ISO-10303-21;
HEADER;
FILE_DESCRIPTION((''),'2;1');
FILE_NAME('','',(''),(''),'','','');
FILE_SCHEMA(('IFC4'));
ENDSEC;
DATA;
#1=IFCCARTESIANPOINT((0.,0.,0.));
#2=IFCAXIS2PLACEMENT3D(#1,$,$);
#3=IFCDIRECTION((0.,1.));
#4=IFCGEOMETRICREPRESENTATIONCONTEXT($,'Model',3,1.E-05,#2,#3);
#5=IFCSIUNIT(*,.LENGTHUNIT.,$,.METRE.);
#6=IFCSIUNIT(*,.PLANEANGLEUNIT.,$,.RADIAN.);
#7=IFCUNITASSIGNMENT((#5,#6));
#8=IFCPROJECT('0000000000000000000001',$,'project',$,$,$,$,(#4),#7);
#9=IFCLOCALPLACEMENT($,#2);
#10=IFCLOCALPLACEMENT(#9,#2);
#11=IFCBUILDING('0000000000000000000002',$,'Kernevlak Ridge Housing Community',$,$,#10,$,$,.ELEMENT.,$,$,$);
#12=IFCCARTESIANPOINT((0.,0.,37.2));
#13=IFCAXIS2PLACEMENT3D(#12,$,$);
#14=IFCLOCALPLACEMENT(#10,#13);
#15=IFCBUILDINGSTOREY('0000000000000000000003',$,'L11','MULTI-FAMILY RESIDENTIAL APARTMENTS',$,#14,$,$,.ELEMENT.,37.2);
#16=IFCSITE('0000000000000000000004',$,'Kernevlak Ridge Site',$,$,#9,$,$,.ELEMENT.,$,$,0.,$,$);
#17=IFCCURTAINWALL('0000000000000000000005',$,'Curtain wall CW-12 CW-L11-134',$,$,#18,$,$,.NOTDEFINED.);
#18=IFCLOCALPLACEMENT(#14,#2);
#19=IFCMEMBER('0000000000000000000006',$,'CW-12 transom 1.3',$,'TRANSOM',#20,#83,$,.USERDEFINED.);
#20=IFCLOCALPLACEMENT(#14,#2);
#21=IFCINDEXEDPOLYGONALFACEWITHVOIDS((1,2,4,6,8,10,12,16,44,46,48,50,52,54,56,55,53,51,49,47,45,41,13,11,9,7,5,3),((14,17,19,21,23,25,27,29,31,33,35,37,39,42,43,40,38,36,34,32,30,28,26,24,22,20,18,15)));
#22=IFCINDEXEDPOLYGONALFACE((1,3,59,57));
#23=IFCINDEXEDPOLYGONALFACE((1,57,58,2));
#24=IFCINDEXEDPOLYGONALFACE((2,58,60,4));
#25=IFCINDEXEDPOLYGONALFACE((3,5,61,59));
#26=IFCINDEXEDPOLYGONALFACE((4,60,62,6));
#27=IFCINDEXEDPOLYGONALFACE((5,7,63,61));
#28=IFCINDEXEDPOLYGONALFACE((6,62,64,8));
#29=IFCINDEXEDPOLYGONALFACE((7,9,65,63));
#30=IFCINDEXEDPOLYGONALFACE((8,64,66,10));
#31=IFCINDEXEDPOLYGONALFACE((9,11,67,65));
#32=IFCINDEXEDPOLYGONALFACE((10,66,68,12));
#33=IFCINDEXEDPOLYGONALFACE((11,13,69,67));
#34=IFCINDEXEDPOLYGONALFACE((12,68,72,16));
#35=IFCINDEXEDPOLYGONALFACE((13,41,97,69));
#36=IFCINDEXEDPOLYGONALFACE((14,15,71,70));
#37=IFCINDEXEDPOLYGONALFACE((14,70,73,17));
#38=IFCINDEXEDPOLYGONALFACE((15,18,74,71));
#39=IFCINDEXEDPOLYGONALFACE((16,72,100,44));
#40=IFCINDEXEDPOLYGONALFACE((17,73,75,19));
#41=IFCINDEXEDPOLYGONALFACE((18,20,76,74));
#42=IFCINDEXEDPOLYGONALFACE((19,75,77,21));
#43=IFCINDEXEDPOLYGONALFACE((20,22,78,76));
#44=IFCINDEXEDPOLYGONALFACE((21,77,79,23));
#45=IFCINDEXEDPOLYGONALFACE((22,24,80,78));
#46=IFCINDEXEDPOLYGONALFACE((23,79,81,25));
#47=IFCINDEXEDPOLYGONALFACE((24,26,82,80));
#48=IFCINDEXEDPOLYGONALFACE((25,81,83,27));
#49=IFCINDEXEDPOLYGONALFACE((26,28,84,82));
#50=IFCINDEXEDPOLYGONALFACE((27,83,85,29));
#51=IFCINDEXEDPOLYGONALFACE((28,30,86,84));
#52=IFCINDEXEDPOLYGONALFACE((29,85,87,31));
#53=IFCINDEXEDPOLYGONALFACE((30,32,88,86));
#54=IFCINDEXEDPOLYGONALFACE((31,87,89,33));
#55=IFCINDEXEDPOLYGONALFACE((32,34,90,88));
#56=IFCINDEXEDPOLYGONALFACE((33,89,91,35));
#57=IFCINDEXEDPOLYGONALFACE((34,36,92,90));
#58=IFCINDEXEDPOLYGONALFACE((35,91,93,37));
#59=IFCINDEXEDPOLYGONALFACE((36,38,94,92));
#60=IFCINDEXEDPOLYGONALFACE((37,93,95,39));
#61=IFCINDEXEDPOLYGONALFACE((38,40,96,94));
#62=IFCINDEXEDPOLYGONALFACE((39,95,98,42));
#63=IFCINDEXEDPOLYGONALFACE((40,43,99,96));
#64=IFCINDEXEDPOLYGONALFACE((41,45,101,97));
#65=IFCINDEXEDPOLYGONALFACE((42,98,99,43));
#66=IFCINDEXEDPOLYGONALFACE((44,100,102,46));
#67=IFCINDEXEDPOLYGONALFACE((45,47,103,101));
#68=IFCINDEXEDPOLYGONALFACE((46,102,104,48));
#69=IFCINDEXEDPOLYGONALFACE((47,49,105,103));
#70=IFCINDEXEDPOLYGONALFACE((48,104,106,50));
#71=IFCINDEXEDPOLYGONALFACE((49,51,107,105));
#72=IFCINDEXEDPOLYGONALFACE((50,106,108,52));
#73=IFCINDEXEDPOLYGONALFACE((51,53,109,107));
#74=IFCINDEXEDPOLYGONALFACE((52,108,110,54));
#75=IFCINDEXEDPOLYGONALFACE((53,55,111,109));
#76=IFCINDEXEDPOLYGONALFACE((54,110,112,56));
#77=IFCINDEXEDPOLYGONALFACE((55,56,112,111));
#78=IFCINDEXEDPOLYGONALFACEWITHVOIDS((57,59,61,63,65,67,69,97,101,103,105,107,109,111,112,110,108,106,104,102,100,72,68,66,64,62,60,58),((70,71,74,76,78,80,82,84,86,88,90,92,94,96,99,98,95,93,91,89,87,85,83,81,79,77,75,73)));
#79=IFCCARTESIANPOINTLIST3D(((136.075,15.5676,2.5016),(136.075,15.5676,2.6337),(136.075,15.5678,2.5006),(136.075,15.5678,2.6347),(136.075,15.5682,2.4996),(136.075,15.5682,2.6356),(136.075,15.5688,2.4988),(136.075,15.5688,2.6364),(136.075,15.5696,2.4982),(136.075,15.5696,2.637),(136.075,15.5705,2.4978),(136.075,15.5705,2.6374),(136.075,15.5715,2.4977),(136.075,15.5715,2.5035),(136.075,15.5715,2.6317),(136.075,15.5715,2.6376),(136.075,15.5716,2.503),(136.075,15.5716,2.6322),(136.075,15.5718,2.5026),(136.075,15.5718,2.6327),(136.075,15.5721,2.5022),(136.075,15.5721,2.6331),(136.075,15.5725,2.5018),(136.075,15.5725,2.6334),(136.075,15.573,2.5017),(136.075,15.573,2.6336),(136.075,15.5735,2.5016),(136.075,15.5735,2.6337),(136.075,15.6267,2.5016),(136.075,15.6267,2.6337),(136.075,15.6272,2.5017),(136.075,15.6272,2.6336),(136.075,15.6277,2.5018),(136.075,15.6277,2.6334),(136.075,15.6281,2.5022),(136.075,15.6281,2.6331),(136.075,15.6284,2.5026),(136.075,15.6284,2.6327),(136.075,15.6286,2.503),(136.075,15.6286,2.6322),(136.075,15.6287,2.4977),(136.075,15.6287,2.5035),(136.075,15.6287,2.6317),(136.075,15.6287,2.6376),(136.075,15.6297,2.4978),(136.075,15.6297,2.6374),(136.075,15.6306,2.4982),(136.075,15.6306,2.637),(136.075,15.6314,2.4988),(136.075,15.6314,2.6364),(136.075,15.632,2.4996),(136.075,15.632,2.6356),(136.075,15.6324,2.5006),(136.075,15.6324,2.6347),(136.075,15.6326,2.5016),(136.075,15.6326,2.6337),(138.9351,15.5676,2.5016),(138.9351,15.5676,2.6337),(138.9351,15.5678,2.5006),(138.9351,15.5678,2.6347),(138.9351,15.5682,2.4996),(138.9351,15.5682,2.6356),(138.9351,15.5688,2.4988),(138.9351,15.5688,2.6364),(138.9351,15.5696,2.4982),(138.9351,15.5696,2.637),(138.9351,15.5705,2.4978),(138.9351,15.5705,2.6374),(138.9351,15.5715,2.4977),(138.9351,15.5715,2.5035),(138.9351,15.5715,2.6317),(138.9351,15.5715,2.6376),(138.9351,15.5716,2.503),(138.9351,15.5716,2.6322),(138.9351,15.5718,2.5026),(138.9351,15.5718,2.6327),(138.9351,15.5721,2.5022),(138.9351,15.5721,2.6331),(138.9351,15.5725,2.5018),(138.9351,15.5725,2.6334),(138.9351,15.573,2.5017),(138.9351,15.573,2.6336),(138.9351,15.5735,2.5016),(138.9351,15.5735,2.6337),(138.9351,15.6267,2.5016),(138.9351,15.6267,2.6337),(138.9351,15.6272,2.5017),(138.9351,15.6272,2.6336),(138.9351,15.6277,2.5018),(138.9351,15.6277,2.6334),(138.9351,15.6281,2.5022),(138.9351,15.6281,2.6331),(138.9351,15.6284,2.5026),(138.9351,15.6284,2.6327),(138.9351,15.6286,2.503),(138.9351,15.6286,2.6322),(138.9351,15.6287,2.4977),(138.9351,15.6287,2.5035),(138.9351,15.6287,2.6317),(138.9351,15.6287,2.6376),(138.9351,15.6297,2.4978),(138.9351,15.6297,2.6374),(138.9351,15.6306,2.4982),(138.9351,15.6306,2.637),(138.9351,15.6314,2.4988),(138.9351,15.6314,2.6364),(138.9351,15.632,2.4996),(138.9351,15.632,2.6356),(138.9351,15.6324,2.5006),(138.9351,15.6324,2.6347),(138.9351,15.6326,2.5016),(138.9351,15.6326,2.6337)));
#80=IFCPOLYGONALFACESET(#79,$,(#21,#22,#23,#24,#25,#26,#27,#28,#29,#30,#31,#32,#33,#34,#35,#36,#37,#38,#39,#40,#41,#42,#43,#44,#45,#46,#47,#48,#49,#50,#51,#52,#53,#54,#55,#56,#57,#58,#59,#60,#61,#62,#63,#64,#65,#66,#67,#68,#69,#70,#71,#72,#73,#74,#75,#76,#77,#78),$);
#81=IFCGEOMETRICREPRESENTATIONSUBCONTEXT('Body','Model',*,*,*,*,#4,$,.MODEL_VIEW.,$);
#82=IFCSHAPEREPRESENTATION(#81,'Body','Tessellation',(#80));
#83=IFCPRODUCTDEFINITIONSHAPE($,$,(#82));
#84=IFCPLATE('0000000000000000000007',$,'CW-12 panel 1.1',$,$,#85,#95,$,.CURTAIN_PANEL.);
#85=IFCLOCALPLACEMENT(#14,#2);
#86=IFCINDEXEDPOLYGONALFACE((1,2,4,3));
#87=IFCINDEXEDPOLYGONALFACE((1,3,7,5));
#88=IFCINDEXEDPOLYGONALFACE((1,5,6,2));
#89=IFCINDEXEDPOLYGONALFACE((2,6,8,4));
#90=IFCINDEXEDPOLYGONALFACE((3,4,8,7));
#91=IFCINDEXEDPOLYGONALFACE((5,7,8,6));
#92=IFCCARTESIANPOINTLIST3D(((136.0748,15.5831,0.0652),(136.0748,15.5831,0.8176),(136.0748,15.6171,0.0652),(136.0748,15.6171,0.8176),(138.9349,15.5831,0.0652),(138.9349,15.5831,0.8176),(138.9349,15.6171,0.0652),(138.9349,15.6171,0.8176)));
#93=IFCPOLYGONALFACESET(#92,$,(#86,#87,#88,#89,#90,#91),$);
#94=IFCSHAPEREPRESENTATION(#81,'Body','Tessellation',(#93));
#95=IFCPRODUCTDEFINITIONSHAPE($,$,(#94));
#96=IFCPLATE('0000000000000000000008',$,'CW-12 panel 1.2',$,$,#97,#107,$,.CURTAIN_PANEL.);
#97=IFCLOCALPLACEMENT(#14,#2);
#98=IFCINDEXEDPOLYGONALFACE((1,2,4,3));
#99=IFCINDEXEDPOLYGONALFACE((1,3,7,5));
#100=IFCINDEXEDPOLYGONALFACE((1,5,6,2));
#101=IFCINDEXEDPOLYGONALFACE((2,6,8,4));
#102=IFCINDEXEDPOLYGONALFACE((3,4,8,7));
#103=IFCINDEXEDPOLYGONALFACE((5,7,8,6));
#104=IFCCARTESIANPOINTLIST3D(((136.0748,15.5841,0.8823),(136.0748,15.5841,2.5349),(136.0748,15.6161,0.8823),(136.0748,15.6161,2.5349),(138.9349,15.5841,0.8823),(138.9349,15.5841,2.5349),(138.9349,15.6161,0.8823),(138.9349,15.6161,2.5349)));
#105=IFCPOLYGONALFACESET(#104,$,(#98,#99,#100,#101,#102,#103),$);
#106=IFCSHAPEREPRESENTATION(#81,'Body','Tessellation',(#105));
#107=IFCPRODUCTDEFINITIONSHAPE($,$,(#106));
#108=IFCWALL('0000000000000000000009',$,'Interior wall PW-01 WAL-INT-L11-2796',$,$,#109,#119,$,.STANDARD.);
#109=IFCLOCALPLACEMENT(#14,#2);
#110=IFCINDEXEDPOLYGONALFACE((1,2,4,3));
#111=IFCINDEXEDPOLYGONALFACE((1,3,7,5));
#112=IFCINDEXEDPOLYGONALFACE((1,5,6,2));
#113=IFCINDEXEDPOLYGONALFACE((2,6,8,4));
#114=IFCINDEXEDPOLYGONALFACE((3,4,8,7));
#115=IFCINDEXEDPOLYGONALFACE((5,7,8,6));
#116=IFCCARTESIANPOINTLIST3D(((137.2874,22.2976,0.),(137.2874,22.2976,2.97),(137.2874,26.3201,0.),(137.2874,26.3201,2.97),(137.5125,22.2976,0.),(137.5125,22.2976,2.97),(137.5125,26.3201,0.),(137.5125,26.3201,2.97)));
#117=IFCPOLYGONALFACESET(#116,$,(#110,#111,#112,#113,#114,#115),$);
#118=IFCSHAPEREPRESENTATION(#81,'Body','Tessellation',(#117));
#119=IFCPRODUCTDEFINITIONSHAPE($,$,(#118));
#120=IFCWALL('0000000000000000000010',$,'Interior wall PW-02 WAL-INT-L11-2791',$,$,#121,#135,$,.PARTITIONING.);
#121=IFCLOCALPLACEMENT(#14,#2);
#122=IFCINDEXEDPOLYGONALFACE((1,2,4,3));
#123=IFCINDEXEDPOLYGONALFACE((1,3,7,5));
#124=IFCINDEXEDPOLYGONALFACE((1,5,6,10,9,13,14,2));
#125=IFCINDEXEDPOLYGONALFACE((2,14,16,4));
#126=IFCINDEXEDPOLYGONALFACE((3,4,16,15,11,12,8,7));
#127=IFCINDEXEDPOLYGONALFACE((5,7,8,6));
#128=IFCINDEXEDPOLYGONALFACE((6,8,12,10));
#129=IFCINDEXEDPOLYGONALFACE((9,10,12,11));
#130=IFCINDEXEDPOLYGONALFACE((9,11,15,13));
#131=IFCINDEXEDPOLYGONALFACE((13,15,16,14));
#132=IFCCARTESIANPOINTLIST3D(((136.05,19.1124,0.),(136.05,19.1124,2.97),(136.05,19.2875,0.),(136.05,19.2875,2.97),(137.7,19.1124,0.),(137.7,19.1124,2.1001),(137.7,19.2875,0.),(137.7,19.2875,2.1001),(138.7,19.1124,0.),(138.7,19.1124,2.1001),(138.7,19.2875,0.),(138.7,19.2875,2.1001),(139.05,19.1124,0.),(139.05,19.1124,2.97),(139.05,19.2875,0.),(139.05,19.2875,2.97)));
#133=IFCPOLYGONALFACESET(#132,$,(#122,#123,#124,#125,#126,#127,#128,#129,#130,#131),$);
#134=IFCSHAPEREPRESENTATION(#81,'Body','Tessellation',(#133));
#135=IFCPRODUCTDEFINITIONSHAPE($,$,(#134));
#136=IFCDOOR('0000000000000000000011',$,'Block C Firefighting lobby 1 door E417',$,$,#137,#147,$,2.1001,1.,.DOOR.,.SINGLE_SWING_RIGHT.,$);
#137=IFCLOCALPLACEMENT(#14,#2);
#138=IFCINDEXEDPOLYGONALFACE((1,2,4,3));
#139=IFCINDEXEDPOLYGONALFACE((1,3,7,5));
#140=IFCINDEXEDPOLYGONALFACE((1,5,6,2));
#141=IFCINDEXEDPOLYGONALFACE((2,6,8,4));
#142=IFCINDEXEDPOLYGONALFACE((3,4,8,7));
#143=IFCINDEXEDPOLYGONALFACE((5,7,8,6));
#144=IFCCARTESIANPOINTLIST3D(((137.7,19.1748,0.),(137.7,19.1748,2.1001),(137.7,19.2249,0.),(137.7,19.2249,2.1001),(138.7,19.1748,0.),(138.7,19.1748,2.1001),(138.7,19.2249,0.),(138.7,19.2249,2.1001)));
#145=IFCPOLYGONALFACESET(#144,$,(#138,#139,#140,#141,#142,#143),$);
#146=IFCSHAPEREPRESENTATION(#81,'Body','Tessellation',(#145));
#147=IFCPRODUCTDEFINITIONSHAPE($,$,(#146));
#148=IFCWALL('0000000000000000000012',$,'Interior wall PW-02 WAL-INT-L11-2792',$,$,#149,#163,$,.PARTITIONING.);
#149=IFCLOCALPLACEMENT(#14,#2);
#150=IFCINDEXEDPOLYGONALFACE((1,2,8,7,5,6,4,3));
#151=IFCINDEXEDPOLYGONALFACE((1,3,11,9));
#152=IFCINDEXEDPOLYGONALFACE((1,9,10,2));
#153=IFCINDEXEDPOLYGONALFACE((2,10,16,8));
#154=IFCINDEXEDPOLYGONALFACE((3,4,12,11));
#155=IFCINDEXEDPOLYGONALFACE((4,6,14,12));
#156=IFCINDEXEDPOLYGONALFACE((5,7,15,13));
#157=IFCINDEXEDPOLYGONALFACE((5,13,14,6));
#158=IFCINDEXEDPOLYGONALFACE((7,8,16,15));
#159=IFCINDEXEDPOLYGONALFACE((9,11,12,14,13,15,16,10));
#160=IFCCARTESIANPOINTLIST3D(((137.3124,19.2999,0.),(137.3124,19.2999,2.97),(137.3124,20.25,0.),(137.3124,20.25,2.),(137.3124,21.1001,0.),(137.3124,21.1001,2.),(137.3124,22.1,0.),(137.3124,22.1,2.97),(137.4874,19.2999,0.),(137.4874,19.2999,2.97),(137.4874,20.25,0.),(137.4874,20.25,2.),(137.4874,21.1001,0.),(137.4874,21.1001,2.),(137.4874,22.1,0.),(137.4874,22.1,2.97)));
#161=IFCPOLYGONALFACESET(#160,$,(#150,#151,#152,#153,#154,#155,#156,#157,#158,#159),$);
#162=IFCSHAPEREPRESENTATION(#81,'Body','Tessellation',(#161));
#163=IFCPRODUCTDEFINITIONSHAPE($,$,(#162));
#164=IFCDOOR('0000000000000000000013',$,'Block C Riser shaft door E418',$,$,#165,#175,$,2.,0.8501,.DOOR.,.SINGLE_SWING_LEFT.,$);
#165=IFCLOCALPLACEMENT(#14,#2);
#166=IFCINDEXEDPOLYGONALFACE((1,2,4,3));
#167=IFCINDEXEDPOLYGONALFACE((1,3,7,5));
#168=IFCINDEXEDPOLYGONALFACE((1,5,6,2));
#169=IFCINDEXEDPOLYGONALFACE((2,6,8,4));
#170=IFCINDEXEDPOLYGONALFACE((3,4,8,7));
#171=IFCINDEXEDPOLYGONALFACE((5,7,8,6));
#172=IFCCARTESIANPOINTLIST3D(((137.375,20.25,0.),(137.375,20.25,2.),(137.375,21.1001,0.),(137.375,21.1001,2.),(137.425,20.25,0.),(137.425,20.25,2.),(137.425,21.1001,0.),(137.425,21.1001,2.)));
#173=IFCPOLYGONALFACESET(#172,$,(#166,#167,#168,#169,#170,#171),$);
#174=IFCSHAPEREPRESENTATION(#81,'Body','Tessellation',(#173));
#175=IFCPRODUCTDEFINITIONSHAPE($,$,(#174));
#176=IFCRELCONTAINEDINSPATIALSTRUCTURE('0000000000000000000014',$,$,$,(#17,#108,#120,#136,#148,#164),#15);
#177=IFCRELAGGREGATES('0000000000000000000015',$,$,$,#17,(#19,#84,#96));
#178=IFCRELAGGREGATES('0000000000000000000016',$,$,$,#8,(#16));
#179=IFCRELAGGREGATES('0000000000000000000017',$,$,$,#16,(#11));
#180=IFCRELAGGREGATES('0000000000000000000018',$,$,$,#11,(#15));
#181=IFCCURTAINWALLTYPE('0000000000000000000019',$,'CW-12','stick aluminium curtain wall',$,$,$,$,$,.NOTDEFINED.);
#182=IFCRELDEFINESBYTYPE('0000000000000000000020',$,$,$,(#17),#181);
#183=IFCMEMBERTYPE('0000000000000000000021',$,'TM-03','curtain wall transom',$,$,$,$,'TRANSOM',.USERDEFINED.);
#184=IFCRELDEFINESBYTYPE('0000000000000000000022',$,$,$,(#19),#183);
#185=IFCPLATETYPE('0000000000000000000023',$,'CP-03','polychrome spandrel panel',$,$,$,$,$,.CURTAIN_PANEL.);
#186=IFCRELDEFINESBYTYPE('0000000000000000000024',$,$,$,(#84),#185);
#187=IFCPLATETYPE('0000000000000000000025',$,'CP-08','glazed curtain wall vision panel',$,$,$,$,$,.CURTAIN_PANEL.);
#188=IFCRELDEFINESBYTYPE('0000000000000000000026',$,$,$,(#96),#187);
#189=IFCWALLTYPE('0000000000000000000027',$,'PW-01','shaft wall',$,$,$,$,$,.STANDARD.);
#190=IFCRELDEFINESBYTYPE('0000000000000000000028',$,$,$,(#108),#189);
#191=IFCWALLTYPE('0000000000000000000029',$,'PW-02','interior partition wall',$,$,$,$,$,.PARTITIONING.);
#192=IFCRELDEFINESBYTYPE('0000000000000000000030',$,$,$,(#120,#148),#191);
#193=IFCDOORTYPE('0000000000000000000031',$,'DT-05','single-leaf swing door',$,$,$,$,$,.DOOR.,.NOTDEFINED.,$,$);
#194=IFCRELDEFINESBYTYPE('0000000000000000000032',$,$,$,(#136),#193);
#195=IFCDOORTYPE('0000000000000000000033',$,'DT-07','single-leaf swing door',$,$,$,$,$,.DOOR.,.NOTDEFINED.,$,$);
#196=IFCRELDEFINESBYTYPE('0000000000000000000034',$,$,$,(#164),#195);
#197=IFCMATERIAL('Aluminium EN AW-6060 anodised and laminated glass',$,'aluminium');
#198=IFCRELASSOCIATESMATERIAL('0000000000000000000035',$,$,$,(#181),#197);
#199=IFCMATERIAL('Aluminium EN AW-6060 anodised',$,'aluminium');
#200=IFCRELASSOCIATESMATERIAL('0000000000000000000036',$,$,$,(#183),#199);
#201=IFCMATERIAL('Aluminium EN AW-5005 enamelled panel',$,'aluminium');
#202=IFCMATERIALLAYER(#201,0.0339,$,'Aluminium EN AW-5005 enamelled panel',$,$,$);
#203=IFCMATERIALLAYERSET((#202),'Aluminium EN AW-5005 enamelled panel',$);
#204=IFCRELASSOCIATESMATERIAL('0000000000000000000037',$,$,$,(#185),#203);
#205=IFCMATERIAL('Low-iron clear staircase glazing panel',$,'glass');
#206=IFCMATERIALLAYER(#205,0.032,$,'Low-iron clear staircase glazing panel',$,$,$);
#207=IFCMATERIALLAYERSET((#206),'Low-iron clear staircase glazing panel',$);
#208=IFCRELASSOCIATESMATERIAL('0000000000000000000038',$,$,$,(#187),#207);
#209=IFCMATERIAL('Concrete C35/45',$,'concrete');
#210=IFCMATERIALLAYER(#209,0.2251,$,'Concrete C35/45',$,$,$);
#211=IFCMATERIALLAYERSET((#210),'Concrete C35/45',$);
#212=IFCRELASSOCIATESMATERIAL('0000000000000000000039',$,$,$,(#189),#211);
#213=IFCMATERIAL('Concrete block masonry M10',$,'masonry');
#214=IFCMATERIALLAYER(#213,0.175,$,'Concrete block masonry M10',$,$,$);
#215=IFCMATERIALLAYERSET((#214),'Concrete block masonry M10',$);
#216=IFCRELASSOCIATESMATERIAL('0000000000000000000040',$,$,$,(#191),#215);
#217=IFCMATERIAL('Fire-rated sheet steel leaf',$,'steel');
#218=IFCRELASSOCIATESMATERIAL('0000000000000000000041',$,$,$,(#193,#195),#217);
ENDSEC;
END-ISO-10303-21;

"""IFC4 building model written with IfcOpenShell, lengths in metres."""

from ifc_helpers import new_model, si_unit, direction, frame, frame_2d, origin, origin_2d, place, context, subcontext, project, spatial, rectangle, hollow_rectangle, extrude, material, layer, layer_set, material_profile, profile_set, type_object, element, fill, aggregate, save


model = new_model("IFC4")

# Units and contexts
model_context = context("Model", 3, precision=1e-05, world=origin(), true_north=direction((0.0, 1.0)))
body_context = subcontext(model_context, "Body", "Model", "MODEL_VIEW")
ifc_project = project(units=[si_unit("LENGTHUNIT", "METRE"), si_unit("PLANEANGLEUNIT", "RADIAN")], contexts=[model_context])

# Site, building, storey
site_placement = place(None, origin())
site = spatial("IfcSite", under=ifc_project, at=site_placement, Name="Kernevlak Ridge Site", CompositionType="ELEMENT", RefElevation=0.0)
building_placement = place(site_placement, origin())
building = spatial("IfcBuilding", under=site, at=building_placement, Name="Kernevlak Ridge Housing Community", CompositionType="ELEMENT")
storey_placement = place(building_placement, frame((0.0, 0.0, 37.2)))
storey = spatial("IfcBuildingStorey", under=building, at=storey_placement, Name="L11", Description="MULTI-FAMILY RESIDENTIAL APARTMENTS", CompositionType="ELEMENT", Elevation=37.2)

# Shared definitions
ifc_material_1 = material(Name="Concrete C35/45", Category="concrete")

# Curtain wall, member, plates
ifc_material_2 = material(Name="Aluminium EN AW-6060 anodised and laminated glass", Category="aluminium")
curtain_wall_type = type_object("IfcCurtainWallType", Name="CW-12", Description="stick aluminium curtain wall", PredefinedType="NOTDEFINED", material=ifc_material_2)
curtain_wall_placement = place(storey_placement, origin())
curtain_wall = element("IfcCurtainWall", 1, at=curtain_wall_placement, inside=storey, type_object=curtain_wall_type, Name="Curtain wall CW-12 CW-L11-134", PredefinedType="NOTDEFINED")
ifc_material_3 = material(Name="Aluminium EN AW-6060 anodised", Category="aluminium")
ifc_material_profile_1 = material_profile(ifc_material_3, hollow_rectangle(XDim=0.0649, YDim=0.1399, WallThickness=0.0039, InnerFilletRadius=0.002, OuterFilletRadius=0.0039, at=origin_2d()), Name="ALU 65x140x4")
ifc_profile_set_1 = profile_set([ifc_material_profile_1], Name="Aluminium EN AW-6060 anodised")
member_type_1 = type_object("IfcMemberType", Name="TM-03", Description="curtain wall transom", ElementType="TRANSOM", PredefinedType="USERDEFINED", material=ifc_profile_set_1)
member_1_placement = place(storey_placement, frame((136.075, 15.6001, 2.5676), z_axis=(1.0, 0.0, 0.0), x_axis=(0.0, 1.0, 0.0)))
member_1 = element("IfcMember", 2, at=member_1_placement, type_object=member_type_1, Name="CW-12 transom 1.3", ObjectType="TRANSOM", PredefinedType="USERDEFINED", context=body_context, shape_type="SweptSolid", body=[
    extrude(hollow_rectangle(XDim=0.0649, YDim=0.1399, WallThickness=0.0039, InnerFilletRadius=0.002, OuterFilletRadius=0.0039, at=origin_2d()), origin(), (0.0, 0.0, 1.0), 2.8601),
])
ifc_material_4 = material(Name="Aluminium EN AW-5005 enamelled panel", Category="aluminium")
ifc_layer_1 = layer(ifc_material_4, 0.0339, Name="Aluminium EN AW-5005 enamelled panel")
ifc_layer_set_1 = layer_set([ifc_layer_1], Name="Aluminium EN AW-5005 enamelled panel")
plate_type_1 = type_object("IfcPlateType", Name="CP-03", Description="polychrome spandrel panel", PredefinedType="CURTAIN_PANEL", material=ifc_layer_set_1)
plate_1_placement = place(storey_placement, frame((137.5049, 15.6001, 0.0652), z_axis=(0.0, 0.0, 1.0), x_axis=(1.0, 0.0, 0.0)))
plate_1 = element("IfcPlate", 3, at=plate_1_placement, type_object=plate_type_1, Name="CW-12 panel 1.1", PredefinedType="CURTAIN_PANEL", context=body_context, shape_type="SweptSolid", body=[
    extrude(rectangle(XDim=2.8601, YDim=0.0339, at=origin_2d()), origin(), (0.0, 0.0, 1.0), 0.7524),
])
ifc_material_5 = material(Name="Low-iron clear staircase glazing panel", Category="glass")
ifc_layer_2 = layer(ifc_material_5, 0.032, Name="Low-iron clear staircase glazing panel")
ifc_layer_set_2 = layer_set([ifc_layer_2], Name="Low-iron clear staircase glazing panel")
plate_type_2 = type_object("IfcPlateType", Name="CP-08", Description="glazed curtain wall vision panel", PredefinedType="CURTAIN_PANEL", material=ifc_layer_set_2)
plate_2_placement = place(storey_placement, frame((137.5049, 15.6001, 0.8823), z_axis=(0.0, 0.0, 1.0), x_axis=(1.0, 0.0, 0.0)))
plate_2 = element("IfcPlate", 4, at=plate_2_placement, type_object=plate_type_2, Name="CW-12 panel 1.2", PredefinedType="CURTAIN_PANEL", context=body_context, shape_type="SweptSolid", body=[
    extrude(rectangle(XDim=2.8601, YDim=0.032, at=origin_2d()), origin(), (0.0, 0.0, 1.0), 1.6526),
])
aggregate(curtain_wall, [member_1, plate_1, plate_2])

# Wall
ifc_layer_3 = layer(ifc_material_1, 0.2251, Name="Concrete C35/45")
ifc_layer_set_3 = layer_set([ifc_layer_3], Name="Concrete C35/45")
wall_type_1 = type_object("IfcWallType", Name="PW-01", Description="shaft wall", PredefinedType="STANDARD", material=ifc_layer_set_3)
wall_1_placement = place(storey_placement, frame((137.3999, 22.2976, 0.0), z_axis=(0.0, 0.0, 1.0), x_axis=(0.0, 1.0, 0.0)))
element("IfcWall", 5, at=wall_1_placement, inside=storey, type_object=wall_type_1, Name="Interior wall PW-01 WAL-INT-L11-2796", PredefinedType="STANDARD", context=body_context, shape_type="SweptSolid", body=[
    extrude(rectangle(XDim=4.0225, YDim=0.2251, at=frame_2d((2.0112, 0.0))), origin(), (0.0, 0.0, 1.0), 2.97),
])

# Walls, openings, doors
ifc_material_6 = material(Name="Concrete block masonry M10", Category="masonry")
ifc_layer_4 = layer(ifc_material_6, 0.175, Name="Concrete block masonry M10")
ifc_layer_set_4 = layer_set([ifc_layer_4], Name="Concrete block masonry M10")
wall_type_2 = type_object("IfcWallType", Name="PW-02", Description="interior partition wall", PredefinedType="PARTITIONING", material=ifc_layer_set_4)
wall_2_placement = place(storey_placement, frame((136.05, 19.2, 0.0), z_axis=(0.0, 0.0, 1.0), x_axis=(1.0, 0.0, 0.0)))
wall_2 = element("IfcWall", 6, at=wall_2_placement, inside=storey, type_object=wall_type_2, Name="Interior wall PW-02 WAL-INT-L11-2791", PredefinedType="PARTITIONING", context=body_context, shape_type="SweptSolid", body=[
    extrude(rectangle(XDim=3.0, YDim=0.175, at=frame_2d((1.5, 0.0))), origin(), (0.0, 0.0, 1.0), 2.97),
])
opening_1_placement = place(wall_2_placement, frame((1.6499, 0.0, 0.0)))
opening_1 = element("IfcOpeningElement", 7, at=opening_1_placement, cuts=wall_2, PredefinedType="OPENING", context=body_context, shape_type="SweptSolid", body=[
    extrude(rectangle(XDim=1.0, YDim=2.1001, at=frame_2d((0.5, 1.05))), frame((0.0, 0.0974, 0.0), z_axis=(0.0, -1.0, 0.0), x_axis=(1.0, 0.0, 0.0)), (0.0, 0.0, 1.0), 0.1951),
])
ifc_material_7 = material(Name="Fire-rated sheet steel leaf", Category="steel")
door_type_1 = type_object("IfcDoorType", Name="DT-05", Description="single-leaf swing door", OperationType="NOTDEFINED", PredefinedType="DOOR", material=ifc_material_7)
door_1_placement = place(opening_1_placement, origin())
door_1 = element("IfcDoor", 8, at=door_1_placement, inside=storey, type_object=door_type_1, Name="Block C Firefighting lobby 1 door E417", OperationType="SINGLE_SWING_RIGHT", OverallHeight=2.1001, OverallWidth=1.0, PredefinedType="DOOR", context=body_context, shape_type="SweptSolid", body=[
    extrude(rectangle(XDim=1.0, YDim=2.1001, at=frame_2d((0.5, 1.05))), frame((0.0, 0.0249, 0.0), z_axis=(0.0, -1.0, 0.0), x_axis=(1.0, 0.0, 0.0)), (0.0, 0.0, 1.0), 0.05),
])
fill(opening_1, door_1)
wall_3_placement = place(storey_placement, frame((137.3999, 19.3, 0.0), z_axis=(0.0, 0.0, 1.0), x_axis=(0.0, 1.0, 0.0)))
wall_3 = element("IfcWall", 9, at=wall_3_placement, inside=storey, type_object=wall_type_2, Name="Interior wall PW-02 WAL-INT-L11-2792", PredefinedType="PARTITIONING", context=body_context, shape_type="SweptSolid", body=[
    extrude(rectangle(XDim=2.8, YDim=0.175, at=frame_2d((1.3999, 0.0))), origin(), (0.0, 0.0, 1.0), 2.97),
])
opening_2_placement = place(wall_3_placement, frame((0.95, 0.0, 0.0)))
opening_2 = element("IfcOpeningElement", 10, at=opening_2_placement, cuts=wall_3, PredefinedType="OPENING", context=body_context, shape_type="SweptSolid", body=[
    extrude(rectangle(XDim=0.8501, YDim=2.0, at=frame_2d((0.425, 1.0))), frame((0.0, 0.0974, 0.0), z_axis=(0.0, -1.0, 0.0), x_axis=(1.0, 0.0, 0.0)), (0.0, 0.0, 1.0), 0.1951),
])
door_type_2 = type_object("IfcDoorType", Name="DT-07", Description="single-leaf swing door", OperationType="NOTDEFINED", PredefinedType="DOOR", material=ifc_material_7)
door_2_placement = place(opening_2_placement, origin())
door_2 = element("IfcDoor", 11, at=door_2_placement, inside=storey, type_object=door_type_2, Name="Block C Riser shaft door E418", OperationType="SINGLE_SWING_LEFT", OverallHeight=2.0, OverallWidth=0.8501, PredefinedType="DOOR", context=body_context, shape_type="SweptSolid", body=[
    extrude(rectangle(XDim=0.8501, YDim=2.0, at=frame_2d((0.425, 1.0))), frame((0.0, 0.0249, 0.0), z_axis=(0.0, -1.0, 0.0), x_axis=(1.0, 0.0, 0.0)), (0.0, 0.0, 1.0), 0.05),
])
fill(opening_2, door_2)

save(model, "model.ifc")
